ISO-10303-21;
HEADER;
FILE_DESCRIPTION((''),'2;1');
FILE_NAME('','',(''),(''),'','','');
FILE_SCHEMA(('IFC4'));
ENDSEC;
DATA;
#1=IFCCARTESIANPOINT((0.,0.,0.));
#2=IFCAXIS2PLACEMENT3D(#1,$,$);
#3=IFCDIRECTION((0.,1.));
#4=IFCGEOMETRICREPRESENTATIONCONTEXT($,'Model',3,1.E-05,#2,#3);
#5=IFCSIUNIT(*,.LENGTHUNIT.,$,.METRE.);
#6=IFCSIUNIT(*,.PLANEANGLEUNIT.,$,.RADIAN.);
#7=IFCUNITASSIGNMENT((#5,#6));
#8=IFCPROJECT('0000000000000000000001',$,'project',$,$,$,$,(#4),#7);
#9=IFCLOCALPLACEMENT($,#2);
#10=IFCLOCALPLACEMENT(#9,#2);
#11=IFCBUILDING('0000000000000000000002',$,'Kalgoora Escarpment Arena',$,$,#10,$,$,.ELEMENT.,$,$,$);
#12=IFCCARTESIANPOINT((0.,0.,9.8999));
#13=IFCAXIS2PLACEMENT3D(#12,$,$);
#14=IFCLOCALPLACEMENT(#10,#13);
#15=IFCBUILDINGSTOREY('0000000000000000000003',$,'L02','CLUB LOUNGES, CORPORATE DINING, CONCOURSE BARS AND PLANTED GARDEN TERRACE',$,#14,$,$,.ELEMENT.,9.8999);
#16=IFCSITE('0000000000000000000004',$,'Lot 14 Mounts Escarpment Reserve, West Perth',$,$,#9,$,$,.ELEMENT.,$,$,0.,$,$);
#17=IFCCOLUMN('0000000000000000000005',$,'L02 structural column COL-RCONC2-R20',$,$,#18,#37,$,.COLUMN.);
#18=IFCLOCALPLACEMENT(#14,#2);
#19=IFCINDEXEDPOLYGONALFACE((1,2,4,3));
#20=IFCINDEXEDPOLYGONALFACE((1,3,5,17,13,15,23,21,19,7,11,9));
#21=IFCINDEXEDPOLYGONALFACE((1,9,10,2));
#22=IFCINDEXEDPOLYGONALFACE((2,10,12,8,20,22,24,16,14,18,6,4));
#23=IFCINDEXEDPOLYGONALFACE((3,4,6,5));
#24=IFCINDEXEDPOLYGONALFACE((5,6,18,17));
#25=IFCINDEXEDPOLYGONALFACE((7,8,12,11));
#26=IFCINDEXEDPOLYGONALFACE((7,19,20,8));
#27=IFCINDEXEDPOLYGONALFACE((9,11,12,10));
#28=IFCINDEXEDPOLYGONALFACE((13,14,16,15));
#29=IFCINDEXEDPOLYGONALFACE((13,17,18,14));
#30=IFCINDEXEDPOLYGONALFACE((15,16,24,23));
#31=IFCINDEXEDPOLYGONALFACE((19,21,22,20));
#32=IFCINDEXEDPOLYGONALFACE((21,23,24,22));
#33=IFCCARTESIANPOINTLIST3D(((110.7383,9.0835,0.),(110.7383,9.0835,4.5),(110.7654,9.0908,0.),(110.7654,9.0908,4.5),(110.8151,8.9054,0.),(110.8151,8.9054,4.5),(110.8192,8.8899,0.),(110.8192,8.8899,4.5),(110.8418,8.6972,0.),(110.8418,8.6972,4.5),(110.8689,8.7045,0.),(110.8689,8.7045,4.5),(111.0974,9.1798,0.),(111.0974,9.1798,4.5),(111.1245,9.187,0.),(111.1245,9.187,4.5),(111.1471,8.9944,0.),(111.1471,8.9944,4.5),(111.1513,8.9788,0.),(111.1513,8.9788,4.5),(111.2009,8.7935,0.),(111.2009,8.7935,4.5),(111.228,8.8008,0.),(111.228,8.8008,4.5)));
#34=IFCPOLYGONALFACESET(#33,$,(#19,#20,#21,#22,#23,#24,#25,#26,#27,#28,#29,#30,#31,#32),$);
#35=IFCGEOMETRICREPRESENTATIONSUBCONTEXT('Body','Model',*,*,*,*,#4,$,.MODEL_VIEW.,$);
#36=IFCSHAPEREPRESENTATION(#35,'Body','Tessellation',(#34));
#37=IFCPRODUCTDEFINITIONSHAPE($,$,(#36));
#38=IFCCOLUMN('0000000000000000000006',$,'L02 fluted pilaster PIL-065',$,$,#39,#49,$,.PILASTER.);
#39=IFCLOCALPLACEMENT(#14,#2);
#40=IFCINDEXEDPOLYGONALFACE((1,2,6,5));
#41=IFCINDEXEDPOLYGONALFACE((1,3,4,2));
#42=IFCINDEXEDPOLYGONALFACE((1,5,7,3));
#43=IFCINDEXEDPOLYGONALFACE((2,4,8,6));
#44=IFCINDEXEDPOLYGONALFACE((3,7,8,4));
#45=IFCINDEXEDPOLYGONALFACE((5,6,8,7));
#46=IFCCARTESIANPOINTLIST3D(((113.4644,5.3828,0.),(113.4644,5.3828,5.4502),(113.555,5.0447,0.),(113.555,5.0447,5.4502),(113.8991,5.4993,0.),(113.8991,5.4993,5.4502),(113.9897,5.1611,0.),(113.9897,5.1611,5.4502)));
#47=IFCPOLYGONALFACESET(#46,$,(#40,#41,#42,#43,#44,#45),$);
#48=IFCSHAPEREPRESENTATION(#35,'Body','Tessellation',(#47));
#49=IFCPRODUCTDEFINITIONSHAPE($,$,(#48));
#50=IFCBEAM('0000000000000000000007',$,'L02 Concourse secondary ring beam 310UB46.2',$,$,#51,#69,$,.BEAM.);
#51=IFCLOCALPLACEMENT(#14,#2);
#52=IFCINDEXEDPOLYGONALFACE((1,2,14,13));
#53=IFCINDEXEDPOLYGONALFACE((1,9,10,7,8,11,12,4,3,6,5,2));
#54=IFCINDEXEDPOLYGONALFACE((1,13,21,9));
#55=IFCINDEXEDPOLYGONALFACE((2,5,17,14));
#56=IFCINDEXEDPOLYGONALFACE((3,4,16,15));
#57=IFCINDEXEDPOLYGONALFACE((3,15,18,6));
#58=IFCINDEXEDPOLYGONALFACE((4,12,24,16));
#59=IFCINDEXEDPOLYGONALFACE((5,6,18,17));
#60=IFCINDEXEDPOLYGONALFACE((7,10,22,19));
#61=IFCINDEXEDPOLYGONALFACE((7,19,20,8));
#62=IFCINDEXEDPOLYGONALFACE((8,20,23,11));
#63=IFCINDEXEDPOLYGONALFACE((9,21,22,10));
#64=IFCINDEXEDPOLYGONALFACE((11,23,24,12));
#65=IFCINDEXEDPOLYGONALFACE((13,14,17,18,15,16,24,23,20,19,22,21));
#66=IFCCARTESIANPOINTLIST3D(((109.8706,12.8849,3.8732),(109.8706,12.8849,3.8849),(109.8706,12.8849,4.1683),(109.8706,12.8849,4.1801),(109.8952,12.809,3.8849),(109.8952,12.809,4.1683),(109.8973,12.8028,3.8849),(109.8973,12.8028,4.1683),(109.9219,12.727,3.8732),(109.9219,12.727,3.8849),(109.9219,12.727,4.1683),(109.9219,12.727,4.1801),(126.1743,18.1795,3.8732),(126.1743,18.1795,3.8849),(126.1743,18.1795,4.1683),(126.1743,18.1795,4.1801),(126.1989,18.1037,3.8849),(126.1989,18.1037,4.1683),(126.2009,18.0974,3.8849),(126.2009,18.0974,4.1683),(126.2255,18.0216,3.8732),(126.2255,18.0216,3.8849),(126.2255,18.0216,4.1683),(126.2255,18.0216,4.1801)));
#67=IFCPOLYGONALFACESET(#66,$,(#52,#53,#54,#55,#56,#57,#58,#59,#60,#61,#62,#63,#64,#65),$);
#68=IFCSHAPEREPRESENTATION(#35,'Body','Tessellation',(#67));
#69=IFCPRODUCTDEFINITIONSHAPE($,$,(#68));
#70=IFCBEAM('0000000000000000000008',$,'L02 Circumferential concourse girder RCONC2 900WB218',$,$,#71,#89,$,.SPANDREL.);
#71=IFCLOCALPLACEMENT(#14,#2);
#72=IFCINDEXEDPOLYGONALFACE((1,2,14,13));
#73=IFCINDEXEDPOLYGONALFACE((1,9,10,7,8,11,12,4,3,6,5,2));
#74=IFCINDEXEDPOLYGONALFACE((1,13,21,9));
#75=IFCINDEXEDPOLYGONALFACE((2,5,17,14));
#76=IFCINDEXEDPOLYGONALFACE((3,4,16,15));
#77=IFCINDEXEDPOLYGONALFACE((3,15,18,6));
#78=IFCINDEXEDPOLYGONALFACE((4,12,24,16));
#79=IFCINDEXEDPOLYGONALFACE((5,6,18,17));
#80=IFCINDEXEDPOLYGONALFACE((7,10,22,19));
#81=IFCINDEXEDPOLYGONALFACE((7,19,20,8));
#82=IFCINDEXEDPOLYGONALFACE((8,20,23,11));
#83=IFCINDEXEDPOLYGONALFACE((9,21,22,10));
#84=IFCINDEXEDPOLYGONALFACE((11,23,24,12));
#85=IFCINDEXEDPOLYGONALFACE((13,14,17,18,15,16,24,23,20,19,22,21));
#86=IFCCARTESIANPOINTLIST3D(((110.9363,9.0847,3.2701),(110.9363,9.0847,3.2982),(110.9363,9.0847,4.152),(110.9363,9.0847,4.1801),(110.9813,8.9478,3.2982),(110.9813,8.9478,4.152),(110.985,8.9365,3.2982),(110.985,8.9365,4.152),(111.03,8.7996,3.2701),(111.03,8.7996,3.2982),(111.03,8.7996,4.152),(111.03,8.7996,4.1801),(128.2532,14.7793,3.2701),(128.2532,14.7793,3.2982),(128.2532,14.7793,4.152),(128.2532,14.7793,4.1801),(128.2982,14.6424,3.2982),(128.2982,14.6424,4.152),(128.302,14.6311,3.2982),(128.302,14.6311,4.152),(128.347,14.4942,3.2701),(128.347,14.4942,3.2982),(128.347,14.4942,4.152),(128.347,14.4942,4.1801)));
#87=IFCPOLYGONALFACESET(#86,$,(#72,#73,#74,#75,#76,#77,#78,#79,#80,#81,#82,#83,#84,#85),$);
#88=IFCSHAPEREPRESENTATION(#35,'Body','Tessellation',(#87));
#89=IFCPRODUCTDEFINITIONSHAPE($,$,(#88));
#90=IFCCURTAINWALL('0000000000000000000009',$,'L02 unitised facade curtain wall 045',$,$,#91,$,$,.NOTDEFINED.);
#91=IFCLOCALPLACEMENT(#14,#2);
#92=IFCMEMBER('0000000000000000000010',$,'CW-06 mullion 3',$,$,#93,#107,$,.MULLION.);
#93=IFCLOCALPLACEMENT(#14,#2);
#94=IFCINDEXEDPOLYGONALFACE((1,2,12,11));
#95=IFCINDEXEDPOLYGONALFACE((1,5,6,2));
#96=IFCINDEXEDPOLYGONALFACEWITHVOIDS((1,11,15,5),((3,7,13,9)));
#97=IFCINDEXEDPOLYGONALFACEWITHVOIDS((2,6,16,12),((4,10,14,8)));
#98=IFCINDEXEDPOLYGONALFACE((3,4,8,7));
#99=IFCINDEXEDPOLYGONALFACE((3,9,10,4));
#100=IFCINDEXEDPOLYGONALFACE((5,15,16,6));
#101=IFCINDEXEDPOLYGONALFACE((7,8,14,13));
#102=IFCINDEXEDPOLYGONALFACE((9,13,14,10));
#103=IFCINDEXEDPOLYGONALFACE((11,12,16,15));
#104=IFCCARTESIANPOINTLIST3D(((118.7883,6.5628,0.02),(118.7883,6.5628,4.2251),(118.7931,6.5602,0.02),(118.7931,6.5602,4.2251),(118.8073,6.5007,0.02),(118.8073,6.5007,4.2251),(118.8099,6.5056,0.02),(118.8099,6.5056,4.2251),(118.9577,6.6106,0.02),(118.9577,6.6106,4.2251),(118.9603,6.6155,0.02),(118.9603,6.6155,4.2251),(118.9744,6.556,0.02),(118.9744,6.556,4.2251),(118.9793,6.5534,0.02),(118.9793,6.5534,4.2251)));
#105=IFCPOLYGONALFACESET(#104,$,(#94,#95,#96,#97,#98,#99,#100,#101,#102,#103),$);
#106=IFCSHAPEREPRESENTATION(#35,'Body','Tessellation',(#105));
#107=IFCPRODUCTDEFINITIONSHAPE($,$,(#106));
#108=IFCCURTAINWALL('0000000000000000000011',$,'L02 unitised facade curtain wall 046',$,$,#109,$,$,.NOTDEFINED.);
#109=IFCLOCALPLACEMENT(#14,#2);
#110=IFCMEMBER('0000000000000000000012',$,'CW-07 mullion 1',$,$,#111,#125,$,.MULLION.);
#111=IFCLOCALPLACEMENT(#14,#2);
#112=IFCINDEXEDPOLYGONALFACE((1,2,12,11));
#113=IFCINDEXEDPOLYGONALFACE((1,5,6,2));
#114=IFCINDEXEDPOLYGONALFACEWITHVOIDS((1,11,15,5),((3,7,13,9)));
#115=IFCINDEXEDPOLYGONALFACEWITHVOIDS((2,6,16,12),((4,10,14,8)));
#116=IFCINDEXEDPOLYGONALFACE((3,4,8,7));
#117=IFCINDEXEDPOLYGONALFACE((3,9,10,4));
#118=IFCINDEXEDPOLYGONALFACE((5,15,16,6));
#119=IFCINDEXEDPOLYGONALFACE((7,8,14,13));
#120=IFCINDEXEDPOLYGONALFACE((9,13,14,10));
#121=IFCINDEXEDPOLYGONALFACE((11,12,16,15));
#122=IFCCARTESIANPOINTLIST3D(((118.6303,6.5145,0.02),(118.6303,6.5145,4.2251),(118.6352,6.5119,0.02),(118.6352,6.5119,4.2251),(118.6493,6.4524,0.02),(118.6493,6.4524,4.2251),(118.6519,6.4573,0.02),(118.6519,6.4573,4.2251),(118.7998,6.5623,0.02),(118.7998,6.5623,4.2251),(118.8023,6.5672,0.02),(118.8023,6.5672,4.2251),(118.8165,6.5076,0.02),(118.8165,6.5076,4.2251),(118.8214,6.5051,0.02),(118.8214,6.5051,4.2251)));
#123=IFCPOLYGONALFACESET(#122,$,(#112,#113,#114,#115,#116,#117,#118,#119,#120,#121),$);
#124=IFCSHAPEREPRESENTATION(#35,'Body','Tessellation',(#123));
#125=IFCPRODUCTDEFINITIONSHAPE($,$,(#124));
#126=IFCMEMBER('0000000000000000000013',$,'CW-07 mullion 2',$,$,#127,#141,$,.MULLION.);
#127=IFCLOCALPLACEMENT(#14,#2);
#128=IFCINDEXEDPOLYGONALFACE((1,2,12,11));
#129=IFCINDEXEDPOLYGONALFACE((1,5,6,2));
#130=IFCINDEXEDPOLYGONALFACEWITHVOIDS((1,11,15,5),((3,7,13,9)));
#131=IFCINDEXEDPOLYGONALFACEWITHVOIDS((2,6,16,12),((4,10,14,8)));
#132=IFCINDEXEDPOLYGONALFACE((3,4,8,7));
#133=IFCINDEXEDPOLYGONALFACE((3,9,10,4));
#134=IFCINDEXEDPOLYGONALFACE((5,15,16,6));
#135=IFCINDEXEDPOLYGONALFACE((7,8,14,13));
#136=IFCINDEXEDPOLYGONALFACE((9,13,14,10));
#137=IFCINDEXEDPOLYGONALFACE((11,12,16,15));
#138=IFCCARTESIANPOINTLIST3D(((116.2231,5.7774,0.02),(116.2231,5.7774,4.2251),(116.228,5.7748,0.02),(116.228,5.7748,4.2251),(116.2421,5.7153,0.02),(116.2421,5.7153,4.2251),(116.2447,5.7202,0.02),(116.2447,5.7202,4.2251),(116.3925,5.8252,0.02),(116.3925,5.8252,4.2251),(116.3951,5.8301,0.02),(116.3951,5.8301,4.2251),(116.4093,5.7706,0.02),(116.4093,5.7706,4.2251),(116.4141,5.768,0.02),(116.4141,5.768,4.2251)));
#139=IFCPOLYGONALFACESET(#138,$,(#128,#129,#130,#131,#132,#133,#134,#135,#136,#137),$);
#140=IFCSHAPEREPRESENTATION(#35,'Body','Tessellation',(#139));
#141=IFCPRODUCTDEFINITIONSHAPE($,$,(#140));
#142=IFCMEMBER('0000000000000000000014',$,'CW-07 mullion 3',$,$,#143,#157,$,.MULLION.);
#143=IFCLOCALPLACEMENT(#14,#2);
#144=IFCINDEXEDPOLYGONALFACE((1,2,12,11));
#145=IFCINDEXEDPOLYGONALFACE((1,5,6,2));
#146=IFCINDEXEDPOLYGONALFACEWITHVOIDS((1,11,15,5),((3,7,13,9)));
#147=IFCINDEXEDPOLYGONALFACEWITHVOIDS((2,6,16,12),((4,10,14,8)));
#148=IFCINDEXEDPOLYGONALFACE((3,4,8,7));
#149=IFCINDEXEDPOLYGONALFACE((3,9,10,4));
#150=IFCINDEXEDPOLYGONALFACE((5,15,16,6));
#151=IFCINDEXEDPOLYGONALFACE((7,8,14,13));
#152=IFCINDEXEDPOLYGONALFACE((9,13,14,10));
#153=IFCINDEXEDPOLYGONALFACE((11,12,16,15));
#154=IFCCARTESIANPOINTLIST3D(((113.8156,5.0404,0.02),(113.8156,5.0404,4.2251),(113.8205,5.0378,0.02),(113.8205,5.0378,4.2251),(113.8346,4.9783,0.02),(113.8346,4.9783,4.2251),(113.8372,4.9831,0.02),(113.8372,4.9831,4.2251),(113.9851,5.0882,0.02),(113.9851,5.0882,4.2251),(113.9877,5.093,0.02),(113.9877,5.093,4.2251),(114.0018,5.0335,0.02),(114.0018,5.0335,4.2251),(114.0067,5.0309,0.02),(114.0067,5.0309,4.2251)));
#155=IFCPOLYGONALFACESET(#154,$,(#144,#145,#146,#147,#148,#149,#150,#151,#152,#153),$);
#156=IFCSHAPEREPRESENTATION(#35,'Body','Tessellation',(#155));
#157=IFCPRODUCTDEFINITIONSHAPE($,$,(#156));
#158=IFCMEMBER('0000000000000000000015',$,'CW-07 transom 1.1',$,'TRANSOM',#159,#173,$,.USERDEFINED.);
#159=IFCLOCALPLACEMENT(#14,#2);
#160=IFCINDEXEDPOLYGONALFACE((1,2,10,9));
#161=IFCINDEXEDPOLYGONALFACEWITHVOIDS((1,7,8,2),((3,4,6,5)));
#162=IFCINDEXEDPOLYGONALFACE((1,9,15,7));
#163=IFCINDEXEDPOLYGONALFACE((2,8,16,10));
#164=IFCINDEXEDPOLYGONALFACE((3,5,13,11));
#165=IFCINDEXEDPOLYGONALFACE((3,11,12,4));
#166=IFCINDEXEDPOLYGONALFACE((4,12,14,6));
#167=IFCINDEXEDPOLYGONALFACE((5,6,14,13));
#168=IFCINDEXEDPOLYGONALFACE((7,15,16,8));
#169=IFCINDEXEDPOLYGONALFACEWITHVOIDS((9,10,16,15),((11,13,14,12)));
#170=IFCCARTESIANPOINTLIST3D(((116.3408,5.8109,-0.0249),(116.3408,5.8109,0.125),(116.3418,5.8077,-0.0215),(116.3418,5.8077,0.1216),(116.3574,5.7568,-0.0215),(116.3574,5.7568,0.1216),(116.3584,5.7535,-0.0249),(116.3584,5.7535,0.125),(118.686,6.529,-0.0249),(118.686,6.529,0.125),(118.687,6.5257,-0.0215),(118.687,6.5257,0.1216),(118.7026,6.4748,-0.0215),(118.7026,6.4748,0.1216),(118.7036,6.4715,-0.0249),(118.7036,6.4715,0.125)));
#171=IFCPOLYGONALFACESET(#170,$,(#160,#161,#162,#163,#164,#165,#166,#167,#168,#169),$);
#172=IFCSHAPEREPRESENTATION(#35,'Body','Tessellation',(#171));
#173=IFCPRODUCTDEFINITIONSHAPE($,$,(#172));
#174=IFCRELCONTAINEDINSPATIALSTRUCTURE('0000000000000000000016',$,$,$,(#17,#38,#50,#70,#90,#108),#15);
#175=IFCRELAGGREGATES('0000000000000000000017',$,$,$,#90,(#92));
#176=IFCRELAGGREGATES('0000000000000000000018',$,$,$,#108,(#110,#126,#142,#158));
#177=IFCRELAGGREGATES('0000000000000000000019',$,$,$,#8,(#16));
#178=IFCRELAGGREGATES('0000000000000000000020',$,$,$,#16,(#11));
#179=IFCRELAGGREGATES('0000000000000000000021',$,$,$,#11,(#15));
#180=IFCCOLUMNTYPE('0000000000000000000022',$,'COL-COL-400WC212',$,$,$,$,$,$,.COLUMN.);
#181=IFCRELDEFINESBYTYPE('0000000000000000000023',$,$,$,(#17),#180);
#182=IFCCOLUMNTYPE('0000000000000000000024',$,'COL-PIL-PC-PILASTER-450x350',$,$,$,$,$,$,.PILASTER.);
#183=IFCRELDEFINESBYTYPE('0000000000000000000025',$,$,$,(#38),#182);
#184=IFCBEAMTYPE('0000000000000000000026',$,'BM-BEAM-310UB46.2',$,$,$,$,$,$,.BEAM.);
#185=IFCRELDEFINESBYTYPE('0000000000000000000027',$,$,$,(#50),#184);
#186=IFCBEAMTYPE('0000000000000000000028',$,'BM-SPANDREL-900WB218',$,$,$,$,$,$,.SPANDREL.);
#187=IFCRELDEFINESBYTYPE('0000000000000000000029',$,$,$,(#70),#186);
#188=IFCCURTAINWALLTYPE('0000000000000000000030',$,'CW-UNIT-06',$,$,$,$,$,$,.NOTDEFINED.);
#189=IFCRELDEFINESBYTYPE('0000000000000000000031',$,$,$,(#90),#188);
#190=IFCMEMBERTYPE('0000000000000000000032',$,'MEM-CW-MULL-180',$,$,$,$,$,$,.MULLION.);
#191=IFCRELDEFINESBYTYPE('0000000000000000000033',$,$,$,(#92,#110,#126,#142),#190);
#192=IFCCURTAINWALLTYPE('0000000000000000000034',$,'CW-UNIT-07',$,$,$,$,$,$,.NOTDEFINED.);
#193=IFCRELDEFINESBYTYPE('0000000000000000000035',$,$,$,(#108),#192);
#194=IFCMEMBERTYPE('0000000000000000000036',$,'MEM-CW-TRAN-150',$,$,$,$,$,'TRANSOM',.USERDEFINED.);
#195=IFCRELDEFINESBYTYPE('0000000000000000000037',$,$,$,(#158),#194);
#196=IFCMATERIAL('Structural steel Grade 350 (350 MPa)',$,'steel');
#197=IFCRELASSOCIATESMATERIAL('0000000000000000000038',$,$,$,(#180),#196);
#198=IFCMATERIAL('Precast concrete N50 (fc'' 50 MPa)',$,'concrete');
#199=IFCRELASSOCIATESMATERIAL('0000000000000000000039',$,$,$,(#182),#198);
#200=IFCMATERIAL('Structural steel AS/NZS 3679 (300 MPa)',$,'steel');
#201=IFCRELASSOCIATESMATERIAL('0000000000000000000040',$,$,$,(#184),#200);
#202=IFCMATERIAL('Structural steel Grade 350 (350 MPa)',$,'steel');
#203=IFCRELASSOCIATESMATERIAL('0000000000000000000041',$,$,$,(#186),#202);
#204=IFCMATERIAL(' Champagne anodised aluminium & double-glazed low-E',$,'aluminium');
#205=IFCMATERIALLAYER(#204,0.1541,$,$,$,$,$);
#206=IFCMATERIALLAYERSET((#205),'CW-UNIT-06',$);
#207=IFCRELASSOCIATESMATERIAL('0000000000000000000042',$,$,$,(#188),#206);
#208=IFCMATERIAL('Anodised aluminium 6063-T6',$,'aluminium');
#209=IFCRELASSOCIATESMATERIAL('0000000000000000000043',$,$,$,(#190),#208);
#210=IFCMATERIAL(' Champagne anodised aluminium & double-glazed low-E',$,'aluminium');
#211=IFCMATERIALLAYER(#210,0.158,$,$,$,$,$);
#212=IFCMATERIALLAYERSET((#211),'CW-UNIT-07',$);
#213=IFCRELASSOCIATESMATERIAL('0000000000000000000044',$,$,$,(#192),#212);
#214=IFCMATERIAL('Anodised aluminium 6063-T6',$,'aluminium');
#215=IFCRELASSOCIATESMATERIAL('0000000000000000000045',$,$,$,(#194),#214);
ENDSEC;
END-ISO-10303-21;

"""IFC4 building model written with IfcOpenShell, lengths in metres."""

from ifc_helpers import new_model, si_unit, direction, frame, origin, origin_2d, place, context, subcontext, project, spatial, rectangle, hollow_rectangle, i_section, extrude, material, layer, layer_set, material_profile, profile_set, type_object, element, aggregate, save


model = new_model("IFC4")

# Units and contexts
model_context = context("Model", 3, precision=1e-05, world=origin(), true_north=direction((0.0, 1.0)))
body_context = subcontext(model_context, "Body", "Model", "MODEL_VIEW")
ifc_project = project(units=[si_unit("LENGTHUNIT", "METRE"), si_unit("PLANEANGLEUNIT", "RADIAN")], contexts=[model_context])

# Site, building, storey
site_placement = place(None, origin())
site = spatial("IfcSite", under=ifc_project, at=site_placement, Name="Lot 14 Mounts Escarpment Reserve, West Perth", CompositionType="ELEMENT", RefElevation=0.0)
building_placement = place(site_placement, origin())
building = spatial("IfcBuilding", under=site, at=building_placement, Name="Kalgoora Escarpment Arena", CompositionType="ELEMENT")
storey_placement = place(building_placement, frame((0.0, 0.0, 9.8999)))
storey = spatial("IfcBuildingStorey", under=building, at=storey_placement, Name="L02", Description="CLUB LOUNGES, CORPORATE DINING, CONCOURSE BARS AND PLANTED GARDEN TERRACE", CompositionType="ELEMENT", Elevation=9.8999)

# Columns
ifc_material_1 = material(Name="Structural steel Grade 350 (350 MPa)", Category="steel")
ifc_material_profile_1 = material_profile(ifc_material_1, i_section(OverallWidth=0.3999, OverallDepth=0.3999, WebThickness=0.0161, FlangeThickness=0.0281, at=origin_2d()))
ifc_profile_set_1 = profile_set([ifc_material_profile_1], Name="Structural steel Grade 350 (350 MPa)")
column_type_1 = type_object("IfcColumnType", Name="COL-COL-400WC212", PredefinedType="COLUMN", material=ifc_profile_set_1)
column_1_placement = place(storey_placement, frame((110.9832, 8.9421, 0.0), z_axis=(0.0, 0.0, 1.0), x_axis=(0.258819, -0.965926, 0.0)))
element("IfcColumn", 1, at=column_1_placement, inside=storey, type_object=column_type_1, Name="L02 structural column COL-RCONC2-R20", PredefinedType="COLUMN", context=body_context, shape_type="SweptSolid", body=[
    extrude(i_section(OverallWidth=0.3999, OverallDepth=0.3999, WebThickness=0.0161, FlangeThickness=0.0281, at=origin_2d()), origin(), (0.0, 0.0, 1.0), 4.5),
])
ifc_material_2 = material(Name="Precast concrete N50 (fc' 50 MPa)", Category="concrete")
ifc_material_profile_2 = material_profile(ifc_material_2, rectangle(XDim=0.3501, YDim=0.45, at=origin_2d()))
ifc_profile_set_2 = profile_set([ifc_material_profile_2], Name="Precast concrete N50 (fc' 50 MPa)")
column_type_2 = type_object("IfcColumnType", Name="COL-PIL-PC-PILASTER-450x350", PredefinedType="PILASTER", material=ifc_profile_set_2)
column_2_placement = place(storey_placement, frame((113.7271, 5.272, 0.0), z_axis=(0.0, 0.0, 1.0), x_axis=(0.258819, -0.965926, 0.0)))
element("IfcColumn", 2, at=column_2_placement, inside=storey, type_object=column_type_2, Name="L02 fluted pilaster PIL-065", PredefinedType="PILASTER", context=body_context, shape_type="SweptSolid", body=[
    extrude(rectangle(XDim=0.3501, YDim=0.45, at=origin_2d()), origin(), (0.0, 0.0, 1.0), 5.4502),
])

# Beams
ifc_material_3 = material(Name="Structural steel AS/NZS 3679 (300 MPa)", Category="steel")
ifc_material_profile_3 = material_profile(ifc_material_3, i_section(OverallWidth=0.166, OverallDepth=0.3069, WebThickness=0.0066, FlangeThickness=0.0117, at=origin_2d()))
ifc_profile_set_3 = profile_set([ifc_material_profile_3], Name="Structural steel AS/NZS 3679 (300 MPa)")
beam_type_1 = type_object("IfcBeamType", Name="BM-BEAM-310UB46.2", PredefinedType="BEAM", material=ifc_profile_set_3)
beam_1_placement = place(storey_placement, frame((109.8962, 12.8059, 4.0266), z_axis=(0.951103, 0.308874, 0.0), x_axis=(-0.308874, 0.951103, 0.0)))
element("IfcBeam", 3, at=beam_1_placement, inside=storey, type_object=beam_type_1, Name="L02 Concourse secondary ring beam 310UB46.2", PredefinedType="BEAM", context=body_context, shape_type="SweptSolid", body=[
    extrude(i_section(OverallWidth=0.166, OverallDepth=0.3069, WebThickness=0.0066, FlangeThickness=0.0117, at=origin_2d()), origin(), (0.0, 0.0, 1.0), 17.1418),
])
ifc_material_4 = material(Name="Structural steel Grade 350 (350 MPa)", Category="steel")
ifc_material_profile_4 = material_profile(ifc_material_4, i_section(OverallWidth=0.3, OverallDepth=0.9099, WebThickness=0.012, FlangeThickness=0.0281, at=origin_2d()))
ifc_profile_set_4 = profile_set([ifc_material_profile_4], Name="Structural steel Grade 350 (350 MPa)")
beam_type_2 = type_object("IfcBeamType", Name="BM-SPANDREL-900WB218", PredefinedType="SPANDREL", material=ifc_profile_set_4)
beam_2_placement = place(storey_placement, frame((110.9832, 8.9421, 3.7251), z_axis=(0.949955, 0.312388, 0.0), x_axis=(-0.312388, 0.949955, 0.0)))
element("IfcBeam", 4, at=beam_2_placement, inside=storey, type_object=beam_type_2, Name="L02 Circumferential concourse girder RCONC2 900WB218", PredefinedType="SPANDREL", context=body_context, shape_type="SweptSolid", body=[
    extrude(i_section(OverallWidth=0.3, OverallDepth=0.9099, WebThickness=0.012, FlangeThickness=0.0281, at=origin_2d()), origin(), (0.0, 0.0, 1.0), 18.2292),
])

# Curtain wall, member
ifc_material_5 = material(Name=" Champagne anodised aluminium & double-glazed low-E", Category="aluminium")
ifc_layer_1 = layer(ifc_material_5, 0.1541)
ifc_layer_set_1 = layer_set([ifc_layer_1], Name="CW-UNIT-06")
curtain_wall_type_1 = type_object("IfcCurtainWallType", Name="CW-UNIT-06", PredefinedType="NOTDEFINED", material=ifc_layer_set_1)
curtain_wall_1_placement = place(storey_placement, origin())
curtain_wall_1 = element("IfcCurtainWall", 5, at=curtain_wall_1_placement, inside=storey, type_object=curtain_wall_type_1, Name="L02 unitised facade curtain wall 045", PredefinedType="NOTDEFINED")
ifc_material_6 = material(Name="Anodised aluminium 6063-T6", Category="aluminium")
ifc_material_profile_5 = material_profile(ifc_material_6, hollow_rectangle(XDim=0.0649, YDim=0.1799, WallThickness=0.0039, at=origin_2d()))
ifc_profile_set_5 = profile_set([ifc_material_profile_5], Name="Anodised aluminium 6063-T6")
member_type_1 = type_object("IfcMemberType", Name="MEM-CW-MULL-180", PredefinedType="MULLION", material=ifc_profile_set_5)
member_1_placement = place(storey_placement, frame((118.8838, 6.5581, 0.02), z_axis=(0.0, 0.0, 1.0), x_axis=(0.292733, -0.956194, 0.0)))
member_1 = element("IfcMember", 6, at=member_1_placement, type_object=member_type_1, Name="CW-06 mullion 3", PredefinedType="MULLION", context=body_context, shape_type="SweptSolid", body=[
    extrude(hollow_rectangle(XDim=0.0649, YDim=0.1799, WallThickness=0.0039, at=origin_2d()), origin(), (0.0, 0.0, 1.0), 4.2051),
])
aggregate(curtain_wall_1, [member_1])

# Curtain wall, members
ifc_material_7 = material(Name=" Champagne anodised aluminium & double-glazed low-E", Category="aluminium")
ifc_layer_2 = layer(ifc_material_7, 0.158)
ifc_layer_set_2 = layer_set([ifc_layer_2], Name="CW-UNIT-07")
curtain_wall_type_2 = type_object("IfcCurtainWallType", Name="CW-UNIT-07", PredefinedType="NOTDEFINED", material=ifc_layer_set_2)
curtain_wall_2_placement = place(storey_placement, origin())
curtain_wall_2 = element("IfcCurtainWall", 7, at=curtain_wall_2_placement, inside=storey, type_object=curtain_wall_type_2, Name="L02 unitised facade curtain wall 046", PredefinedType="NOTDEFINED")
member_2_placement = place(storey_placement, frame((118.7258, 6.5098, 0.02), z_axis=(0.0, 0.0, 1.0), x_axis=(0.292745, -0.956191, 0.0)))
member_2 = element("IfcMember", 8, at=member_2_placement, type_object=member_type_1, Name="CW-07 mullion 1", PredefinedType="MULLION", context=body_context, shape_type="SweptSolid", body=[
    extrude(hollow_rectangle(XDim=0.0649, YDim=0.1799, WallThickness=0.0039, at=origin_2d()), origin(), (0.0, 0.0, 1.0), 4.2051),
])
member_3_placement = place(storey_placement, frame((116.3186, 5.7727, 0.02), z_axis=(0.0, 0.0, 1.0), x_axis=(0.292745, -0.956191, 0.0)))
member_3 = element("IfcMember", 9, at=member_3_placement, type_object=member_type_1, Name="CW-07 mullion 2", PredefinedType="MULLION", context=body_context, shape_type="SweptSolid", body=[
    extrude(hollow_rectangle(XDim=0.0649, YDim=0.1799, WallThickness=0.0039, at=origin_2d()), origin(), (0.0, 0.0, 1.0), 4.2051),
])
member_4_placement = place(storey_placement, frame((113.9111, 5.0356, 0.02), z_axis=(0.0, 0.0, 1.0), x_axis=(0.292745, -0.956191, 0.0)))
member_4 = element("IfcMember", 10, at=member_4_placement, type_object=member_type_1, Name="CW-07 mullion 3", PredefinedType="MULLION", context=body_context, shape_type="SweptSolid", body=[
    extrude(hollow_rectangle(XDim=0.0649, YDim=0.1799, WallThickness=0.0039, at=origin_2d()), origin(), (0.0, 0.0, 1.0), 4.2051),
])
ifc_material_8 = material(Name="Anodised aluminium 6063-T6", Category="aluminium")
ifc_material_profile_6 = material_profile(ifc_material_8, hollow_rectangle(XDim=0.0601, YDim=0.1499, WallThickness=0.0034, at=origin_2d()))
ifc_profile_set_6 = profile_set([ifc_material_profile_6], Name="Anodised aluminium 6063-T6")
member_type_2 = type_object("IfcMemberType", Name="MEM-CW-TRAN-150", ElementType="TRANSOM", PredefinedType="USERDEFINED", material=ifc_profile_set_6)
member_5_placement = place(storey_placement, frame((118.6948, 6.5002, 0.05), z_axis=(-0.956189, -0.29275, 0.0), x_axis=(0.29275, -0.956189, 0.0)))
member_5 = element("IfcMember", 11, at=member_5_placement, type_object=member_type_2, Name="CW-07 transom 1.1", ObjectType="TRANSOM", PredefinedType="USERDEFINED", context=body_context, shape_type="SweptSolid", body=[
    extrude(hollow_rectangle(XDim=0.0601, YDim=0.1499, WallThickness=0.0034, at=origin_2d()), origin(), (0.0, 0.0, 1.0), 2.4526),
])
aggregate(curtain_wall_2, [member_2, member_3, member_4, member_5])

save(model, "model.ifc")
